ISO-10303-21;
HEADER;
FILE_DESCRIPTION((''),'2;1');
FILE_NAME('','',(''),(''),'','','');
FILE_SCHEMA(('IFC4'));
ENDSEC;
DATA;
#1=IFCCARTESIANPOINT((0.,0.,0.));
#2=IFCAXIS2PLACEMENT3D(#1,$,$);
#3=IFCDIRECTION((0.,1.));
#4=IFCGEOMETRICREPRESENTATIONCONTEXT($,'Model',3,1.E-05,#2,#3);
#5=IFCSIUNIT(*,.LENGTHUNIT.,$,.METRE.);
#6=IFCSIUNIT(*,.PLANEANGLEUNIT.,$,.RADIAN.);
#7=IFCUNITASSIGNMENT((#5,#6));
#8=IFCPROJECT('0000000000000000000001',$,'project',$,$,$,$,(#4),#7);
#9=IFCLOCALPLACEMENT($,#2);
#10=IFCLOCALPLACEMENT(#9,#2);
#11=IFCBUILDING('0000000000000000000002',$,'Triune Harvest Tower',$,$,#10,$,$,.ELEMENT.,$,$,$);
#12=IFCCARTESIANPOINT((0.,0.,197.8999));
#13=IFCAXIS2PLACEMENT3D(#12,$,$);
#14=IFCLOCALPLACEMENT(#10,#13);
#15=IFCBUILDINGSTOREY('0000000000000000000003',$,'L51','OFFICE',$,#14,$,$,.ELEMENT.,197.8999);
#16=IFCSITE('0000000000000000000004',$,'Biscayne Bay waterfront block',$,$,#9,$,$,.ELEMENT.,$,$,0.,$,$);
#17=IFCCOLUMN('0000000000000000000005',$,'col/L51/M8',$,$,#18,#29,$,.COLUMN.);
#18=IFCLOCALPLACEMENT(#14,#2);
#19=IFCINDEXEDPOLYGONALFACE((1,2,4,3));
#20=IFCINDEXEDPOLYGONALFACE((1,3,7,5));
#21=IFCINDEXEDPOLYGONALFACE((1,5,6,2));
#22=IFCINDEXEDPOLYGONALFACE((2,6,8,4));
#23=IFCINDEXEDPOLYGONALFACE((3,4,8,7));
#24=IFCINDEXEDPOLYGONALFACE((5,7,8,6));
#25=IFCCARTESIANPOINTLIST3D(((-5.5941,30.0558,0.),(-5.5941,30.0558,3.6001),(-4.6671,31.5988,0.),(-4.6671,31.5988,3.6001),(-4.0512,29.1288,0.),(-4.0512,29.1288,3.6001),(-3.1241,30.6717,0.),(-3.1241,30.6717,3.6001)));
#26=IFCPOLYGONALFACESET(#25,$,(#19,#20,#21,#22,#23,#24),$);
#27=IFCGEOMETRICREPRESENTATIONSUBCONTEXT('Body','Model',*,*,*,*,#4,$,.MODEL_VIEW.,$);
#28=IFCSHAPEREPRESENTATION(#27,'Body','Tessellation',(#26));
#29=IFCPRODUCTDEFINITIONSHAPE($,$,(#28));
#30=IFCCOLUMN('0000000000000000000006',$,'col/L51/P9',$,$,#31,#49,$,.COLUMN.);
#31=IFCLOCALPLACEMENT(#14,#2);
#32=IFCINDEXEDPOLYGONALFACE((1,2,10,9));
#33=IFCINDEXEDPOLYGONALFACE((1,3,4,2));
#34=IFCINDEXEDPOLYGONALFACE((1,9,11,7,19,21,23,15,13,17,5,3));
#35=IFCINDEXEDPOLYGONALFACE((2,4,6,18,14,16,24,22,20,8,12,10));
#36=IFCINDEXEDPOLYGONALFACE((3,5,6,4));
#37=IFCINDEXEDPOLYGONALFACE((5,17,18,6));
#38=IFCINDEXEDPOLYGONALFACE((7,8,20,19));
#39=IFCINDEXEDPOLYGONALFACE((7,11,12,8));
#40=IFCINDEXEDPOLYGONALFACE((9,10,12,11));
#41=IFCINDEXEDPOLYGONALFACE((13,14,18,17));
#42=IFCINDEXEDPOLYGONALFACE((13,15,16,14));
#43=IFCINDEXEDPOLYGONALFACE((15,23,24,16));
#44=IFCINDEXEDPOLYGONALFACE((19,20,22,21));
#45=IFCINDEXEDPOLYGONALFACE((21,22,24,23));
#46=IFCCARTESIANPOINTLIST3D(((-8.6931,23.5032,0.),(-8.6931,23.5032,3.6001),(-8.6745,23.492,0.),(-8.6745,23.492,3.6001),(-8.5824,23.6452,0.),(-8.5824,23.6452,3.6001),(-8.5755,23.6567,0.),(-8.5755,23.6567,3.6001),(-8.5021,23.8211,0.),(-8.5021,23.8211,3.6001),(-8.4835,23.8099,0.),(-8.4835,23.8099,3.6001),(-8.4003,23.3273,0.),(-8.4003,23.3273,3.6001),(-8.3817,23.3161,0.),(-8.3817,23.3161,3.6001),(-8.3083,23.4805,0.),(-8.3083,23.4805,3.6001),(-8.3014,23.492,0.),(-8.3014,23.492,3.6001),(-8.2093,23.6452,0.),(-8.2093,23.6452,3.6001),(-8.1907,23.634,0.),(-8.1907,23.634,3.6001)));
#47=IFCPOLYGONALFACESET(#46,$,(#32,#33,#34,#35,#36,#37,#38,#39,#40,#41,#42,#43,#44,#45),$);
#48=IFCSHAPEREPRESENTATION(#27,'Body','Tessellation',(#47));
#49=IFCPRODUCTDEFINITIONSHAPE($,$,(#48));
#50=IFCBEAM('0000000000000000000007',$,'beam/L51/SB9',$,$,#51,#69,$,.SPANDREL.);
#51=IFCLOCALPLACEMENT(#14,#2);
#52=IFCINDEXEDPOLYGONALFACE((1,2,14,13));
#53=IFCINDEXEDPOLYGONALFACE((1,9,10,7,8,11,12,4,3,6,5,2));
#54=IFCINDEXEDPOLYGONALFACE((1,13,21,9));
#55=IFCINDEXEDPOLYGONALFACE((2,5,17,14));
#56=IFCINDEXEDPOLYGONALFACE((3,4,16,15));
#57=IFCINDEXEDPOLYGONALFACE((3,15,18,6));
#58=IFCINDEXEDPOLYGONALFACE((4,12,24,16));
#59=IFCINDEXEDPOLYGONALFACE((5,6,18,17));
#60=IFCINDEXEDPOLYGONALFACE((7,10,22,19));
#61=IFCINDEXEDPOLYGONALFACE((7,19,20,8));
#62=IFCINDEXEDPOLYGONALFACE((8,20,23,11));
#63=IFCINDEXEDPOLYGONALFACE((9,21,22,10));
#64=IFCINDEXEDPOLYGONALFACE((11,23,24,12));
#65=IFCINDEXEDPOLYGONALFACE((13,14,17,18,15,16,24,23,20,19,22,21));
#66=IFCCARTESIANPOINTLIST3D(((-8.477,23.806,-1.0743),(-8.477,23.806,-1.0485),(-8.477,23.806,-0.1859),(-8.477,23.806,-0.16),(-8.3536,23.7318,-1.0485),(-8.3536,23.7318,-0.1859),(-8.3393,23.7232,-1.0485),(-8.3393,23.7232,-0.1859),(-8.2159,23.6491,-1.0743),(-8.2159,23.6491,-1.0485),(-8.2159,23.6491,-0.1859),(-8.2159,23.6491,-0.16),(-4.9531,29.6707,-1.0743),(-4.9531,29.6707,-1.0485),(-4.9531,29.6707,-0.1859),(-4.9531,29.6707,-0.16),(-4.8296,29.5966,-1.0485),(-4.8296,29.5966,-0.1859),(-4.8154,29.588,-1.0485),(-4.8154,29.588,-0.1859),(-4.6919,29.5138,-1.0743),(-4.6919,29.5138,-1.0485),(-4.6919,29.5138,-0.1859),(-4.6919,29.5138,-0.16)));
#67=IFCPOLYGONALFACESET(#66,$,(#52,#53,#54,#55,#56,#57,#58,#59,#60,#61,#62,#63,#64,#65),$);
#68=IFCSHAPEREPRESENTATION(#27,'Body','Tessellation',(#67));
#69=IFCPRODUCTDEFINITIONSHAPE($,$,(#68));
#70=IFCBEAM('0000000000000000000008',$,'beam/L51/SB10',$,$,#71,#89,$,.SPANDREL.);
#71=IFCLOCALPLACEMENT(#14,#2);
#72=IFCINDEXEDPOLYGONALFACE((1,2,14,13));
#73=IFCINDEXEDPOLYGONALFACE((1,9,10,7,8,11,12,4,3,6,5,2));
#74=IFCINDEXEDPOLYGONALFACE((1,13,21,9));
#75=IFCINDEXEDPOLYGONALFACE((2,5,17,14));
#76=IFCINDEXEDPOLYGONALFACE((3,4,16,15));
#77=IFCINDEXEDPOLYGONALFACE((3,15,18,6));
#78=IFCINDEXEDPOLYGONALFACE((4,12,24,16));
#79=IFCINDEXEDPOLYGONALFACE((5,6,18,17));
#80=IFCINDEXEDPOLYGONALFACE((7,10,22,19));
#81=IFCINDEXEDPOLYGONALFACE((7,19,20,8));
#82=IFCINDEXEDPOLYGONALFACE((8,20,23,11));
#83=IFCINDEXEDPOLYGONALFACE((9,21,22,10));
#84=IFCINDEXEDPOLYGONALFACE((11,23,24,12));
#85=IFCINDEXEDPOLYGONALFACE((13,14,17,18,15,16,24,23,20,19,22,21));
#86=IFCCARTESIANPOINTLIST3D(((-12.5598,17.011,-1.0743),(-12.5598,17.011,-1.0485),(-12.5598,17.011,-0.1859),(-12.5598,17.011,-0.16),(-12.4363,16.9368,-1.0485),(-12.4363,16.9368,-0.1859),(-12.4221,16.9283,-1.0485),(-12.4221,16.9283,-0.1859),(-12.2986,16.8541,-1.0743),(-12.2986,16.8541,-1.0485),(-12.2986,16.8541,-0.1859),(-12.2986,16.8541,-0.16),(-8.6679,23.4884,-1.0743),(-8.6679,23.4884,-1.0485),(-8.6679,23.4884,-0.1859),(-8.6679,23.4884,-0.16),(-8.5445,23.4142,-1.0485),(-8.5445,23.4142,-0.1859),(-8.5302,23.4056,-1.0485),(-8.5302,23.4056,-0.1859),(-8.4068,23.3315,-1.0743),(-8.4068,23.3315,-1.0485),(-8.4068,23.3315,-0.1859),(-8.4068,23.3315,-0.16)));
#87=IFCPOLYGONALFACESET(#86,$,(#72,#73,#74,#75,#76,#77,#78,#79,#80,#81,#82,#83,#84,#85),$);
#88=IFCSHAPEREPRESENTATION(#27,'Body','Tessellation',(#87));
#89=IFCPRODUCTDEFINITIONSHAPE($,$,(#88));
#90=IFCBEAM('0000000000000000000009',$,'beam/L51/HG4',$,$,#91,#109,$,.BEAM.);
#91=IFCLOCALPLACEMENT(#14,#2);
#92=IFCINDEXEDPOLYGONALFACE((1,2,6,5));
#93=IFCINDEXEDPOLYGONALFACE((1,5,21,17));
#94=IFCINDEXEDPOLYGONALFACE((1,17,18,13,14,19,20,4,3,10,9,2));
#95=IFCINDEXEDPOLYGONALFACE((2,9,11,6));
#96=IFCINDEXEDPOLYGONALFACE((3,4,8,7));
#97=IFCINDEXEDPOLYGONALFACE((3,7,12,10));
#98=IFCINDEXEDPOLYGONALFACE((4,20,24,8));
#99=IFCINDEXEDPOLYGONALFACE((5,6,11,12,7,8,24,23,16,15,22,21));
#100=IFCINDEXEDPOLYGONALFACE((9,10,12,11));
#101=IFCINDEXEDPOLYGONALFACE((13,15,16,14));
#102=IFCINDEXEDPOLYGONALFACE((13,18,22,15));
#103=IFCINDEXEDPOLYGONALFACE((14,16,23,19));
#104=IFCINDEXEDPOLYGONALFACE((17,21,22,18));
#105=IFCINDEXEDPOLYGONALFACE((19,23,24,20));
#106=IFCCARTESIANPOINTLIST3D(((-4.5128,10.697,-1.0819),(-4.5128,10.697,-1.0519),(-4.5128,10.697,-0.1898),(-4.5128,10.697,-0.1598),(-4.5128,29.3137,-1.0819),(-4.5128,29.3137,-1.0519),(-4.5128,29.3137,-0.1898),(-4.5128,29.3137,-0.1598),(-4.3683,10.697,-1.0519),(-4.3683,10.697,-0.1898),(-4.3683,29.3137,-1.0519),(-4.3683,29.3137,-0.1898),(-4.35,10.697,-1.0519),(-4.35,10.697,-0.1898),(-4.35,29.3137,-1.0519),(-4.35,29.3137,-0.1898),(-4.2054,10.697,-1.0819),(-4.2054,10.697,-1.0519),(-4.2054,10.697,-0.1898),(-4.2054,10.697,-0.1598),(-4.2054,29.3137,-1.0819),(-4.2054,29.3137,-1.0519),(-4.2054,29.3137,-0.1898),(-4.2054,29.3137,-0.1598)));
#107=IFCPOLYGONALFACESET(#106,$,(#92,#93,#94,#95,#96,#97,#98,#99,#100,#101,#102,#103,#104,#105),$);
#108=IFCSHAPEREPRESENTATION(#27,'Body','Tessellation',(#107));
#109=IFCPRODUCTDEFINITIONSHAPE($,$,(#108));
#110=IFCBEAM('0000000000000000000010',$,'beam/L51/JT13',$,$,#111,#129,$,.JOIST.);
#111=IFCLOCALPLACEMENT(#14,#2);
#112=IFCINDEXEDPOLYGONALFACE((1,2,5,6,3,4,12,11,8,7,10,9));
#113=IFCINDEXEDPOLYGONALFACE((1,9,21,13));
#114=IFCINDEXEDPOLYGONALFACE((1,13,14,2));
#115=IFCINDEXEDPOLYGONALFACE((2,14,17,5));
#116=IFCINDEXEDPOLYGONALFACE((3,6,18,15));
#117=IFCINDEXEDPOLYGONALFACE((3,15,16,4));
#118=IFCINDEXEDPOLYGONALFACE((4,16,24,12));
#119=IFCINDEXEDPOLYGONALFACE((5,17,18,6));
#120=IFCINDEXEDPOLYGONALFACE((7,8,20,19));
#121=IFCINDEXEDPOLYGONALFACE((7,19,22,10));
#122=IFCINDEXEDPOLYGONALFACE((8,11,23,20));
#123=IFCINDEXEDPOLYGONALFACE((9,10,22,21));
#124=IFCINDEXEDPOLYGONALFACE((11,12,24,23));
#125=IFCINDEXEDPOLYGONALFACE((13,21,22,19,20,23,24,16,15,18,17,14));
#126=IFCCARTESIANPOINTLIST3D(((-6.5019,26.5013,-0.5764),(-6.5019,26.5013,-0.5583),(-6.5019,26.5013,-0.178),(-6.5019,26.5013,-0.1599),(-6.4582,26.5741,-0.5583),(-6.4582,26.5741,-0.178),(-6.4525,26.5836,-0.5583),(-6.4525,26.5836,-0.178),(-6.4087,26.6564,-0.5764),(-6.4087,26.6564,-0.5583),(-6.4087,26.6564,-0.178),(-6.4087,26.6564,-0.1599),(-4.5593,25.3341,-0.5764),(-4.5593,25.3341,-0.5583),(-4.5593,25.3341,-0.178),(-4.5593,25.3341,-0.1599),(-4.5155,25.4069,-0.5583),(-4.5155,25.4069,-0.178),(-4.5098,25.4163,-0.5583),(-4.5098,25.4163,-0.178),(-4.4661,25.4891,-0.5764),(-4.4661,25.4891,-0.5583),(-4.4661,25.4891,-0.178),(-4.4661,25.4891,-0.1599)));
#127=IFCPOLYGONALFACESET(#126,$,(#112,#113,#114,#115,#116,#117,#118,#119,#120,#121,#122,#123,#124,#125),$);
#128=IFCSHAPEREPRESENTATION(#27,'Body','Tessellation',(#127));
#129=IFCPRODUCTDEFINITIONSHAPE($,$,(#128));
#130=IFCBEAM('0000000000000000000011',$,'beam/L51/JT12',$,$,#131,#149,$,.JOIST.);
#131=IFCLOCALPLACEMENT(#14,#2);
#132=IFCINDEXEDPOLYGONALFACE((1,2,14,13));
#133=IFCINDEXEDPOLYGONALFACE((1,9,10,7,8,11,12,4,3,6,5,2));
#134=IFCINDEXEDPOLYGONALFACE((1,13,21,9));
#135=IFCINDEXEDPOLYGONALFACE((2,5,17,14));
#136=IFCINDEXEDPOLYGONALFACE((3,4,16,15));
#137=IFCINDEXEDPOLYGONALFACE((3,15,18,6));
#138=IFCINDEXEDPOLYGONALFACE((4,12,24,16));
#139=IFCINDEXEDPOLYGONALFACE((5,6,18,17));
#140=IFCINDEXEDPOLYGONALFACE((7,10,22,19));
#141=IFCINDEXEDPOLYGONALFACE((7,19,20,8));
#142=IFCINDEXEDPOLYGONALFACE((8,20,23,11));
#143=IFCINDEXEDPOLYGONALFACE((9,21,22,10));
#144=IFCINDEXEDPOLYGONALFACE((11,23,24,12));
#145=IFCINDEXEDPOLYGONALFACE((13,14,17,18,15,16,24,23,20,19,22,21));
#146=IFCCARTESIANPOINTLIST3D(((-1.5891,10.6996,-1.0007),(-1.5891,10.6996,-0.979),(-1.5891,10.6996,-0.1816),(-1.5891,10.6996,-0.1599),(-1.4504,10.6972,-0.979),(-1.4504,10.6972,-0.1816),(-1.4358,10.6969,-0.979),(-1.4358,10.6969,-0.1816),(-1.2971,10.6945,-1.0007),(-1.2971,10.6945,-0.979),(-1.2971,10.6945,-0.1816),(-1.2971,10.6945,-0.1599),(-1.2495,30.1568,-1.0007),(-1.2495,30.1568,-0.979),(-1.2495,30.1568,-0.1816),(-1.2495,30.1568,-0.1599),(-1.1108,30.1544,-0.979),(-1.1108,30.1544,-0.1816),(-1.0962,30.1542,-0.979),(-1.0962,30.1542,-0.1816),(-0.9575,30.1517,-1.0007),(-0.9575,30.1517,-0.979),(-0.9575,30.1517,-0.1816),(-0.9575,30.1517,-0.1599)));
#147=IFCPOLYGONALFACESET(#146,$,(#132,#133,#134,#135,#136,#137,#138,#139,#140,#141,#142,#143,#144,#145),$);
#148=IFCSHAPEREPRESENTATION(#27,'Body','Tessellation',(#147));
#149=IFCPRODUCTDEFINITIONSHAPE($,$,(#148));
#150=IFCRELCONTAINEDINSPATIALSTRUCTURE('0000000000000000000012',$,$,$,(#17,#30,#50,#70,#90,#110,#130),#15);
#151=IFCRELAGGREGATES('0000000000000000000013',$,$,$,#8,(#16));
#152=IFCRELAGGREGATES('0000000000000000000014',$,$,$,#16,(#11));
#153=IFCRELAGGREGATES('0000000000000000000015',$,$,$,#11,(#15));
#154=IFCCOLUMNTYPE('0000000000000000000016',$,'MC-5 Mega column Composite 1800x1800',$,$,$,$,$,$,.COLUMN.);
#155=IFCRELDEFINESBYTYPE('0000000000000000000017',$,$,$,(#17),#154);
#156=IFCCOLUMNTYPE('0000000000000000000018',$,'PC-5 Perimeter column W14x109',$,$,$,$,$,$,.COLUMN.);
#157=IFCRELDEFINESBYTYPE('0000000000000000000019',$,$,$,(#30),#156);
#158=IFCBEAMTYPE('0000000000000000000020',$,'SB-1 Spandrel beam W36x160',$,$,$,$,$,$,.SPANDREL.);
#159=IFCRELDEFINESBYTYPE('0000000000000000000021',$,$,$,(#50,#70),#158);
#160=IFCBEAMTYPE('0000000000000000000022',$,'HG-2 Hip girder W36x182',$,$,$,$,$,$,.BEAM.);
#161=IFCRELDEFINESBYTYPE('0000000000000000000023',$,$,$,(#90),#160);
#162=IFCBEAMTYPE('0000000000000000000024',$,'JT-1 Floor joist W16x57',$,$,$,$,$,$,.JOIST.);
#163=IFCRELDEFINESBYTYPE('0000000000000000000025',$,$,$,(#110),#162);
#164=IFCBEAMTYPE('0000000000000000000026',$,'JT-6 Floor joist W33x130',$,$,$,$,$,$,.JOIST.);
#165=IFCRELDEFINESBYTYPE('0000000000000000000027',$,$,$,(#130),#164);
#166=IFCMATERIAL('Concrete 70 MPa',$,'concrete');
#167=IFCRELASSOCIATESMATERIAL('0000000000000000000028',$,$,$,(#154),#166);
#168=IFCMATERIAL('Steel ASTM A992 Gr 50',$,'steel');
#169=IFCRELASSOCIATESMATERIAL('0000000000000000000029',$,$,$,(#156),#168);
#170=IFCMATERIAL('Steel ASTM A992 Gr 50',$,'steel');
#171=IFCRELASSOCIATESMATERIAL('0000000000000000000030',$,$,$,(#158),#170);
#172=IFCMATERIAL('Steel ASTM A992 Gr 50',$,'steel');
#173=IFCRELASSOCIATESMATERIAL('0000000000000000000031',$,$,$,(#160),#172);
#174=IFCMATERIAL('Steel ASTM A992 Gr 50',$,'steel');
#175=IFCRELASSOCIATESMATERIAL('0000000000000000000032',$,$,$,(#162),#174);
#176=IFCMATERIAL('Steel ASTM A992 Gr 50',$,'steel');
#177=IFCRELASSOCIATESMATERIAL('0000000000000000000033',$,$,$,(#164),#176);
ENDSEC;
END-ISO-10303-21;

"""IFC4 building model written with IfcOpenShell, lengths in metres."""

from ifc_helpers import new_model, si_unit, direction, frame, origin, origin_2d, place, context, subcontext, project, spatial, rectangle, i_section, extrude, source, transform, mapped, material, material_profile, profile_set, type_object, element, save


model = new_model("IFC4")

# Units and contexts
model_context = context("Model", 3, precision=1e-05, world=origin(), true_north=direction((0.0, 1.0)))
body_context = subcontext(model_context, "Body", "Model", "MODEL_VIEW")
ifc_project = project(units=[si_unit("LENGTHUNIT", "METRE"), si_unit("PLANEANGLEUNIT", "RADIAN")], contexts=[model_context])

# Site, building, storey
site_placement = place(None, origin())
site = spatial("IfcSite", under=ifc_project, at=site_placement, Name="Biscayne Bay waterfront block", CompositionType="ELEMENT", RefElevation=0.0)
building_placement = place(site_placement, origin())
building = spatial("IfcBuilding", under=site, at=building_placement, Name="Triune Harvest Tower", CompositionType="ELEMENT")
storey_placement = place(building_placement, frame((0.0, 0.0, 197.8999)))
storey = spatial("IfcBuildingStorey", under=building, at=storey_placement, Name="L51", Description="OFFICE", CompositionType="ELEMENT", Elevation=197.8999)

# Columns
ifc_material_1 = material(Name="Concrete 70 MPa", Category="concrete")
ifc_material_profile_1 = material_profile(ifc_material_1, rectangle(XDim=1.8, YDim=1.8, at=origin_2d()), Name="Composite 1800x1800")
ifc_profile_set_1 = profile_set([ifc_material_profile_1], Name="Concrete 70 MPa")
column_type_1 = type_object("IfcColumnType", Name="MC-5 Mega column Composite 1800x1800", PredefinedType="COLUMN", material=ifc_profile_set_1)
shared_shape_1 = source(origin(), body_context, "Body", "SweptSolid", [
    extrude(rectangle(XDim=1.8, YDim=1.8, at=origin_2d()), origin(), (0.0, 0.0, 1.0), 3.6001),
])
column_1_placement = place(storey_placement, frame((-4.3591, 30.3638, 0.0), z_axis=(0.0, 0.0, 1.0), x_axis=(-0.515037, -0.857168, 0.0)))
element("IfcColumn", 1, at=column_1_placement, inside=storey, type_object=column_type_1, Name="col/L51/M8", PredefinedType="COLUMN", context=body_context, shape_type="MappedRepresentation", body=[
    mapped(shared_shape_1, transform((0.0, 0.0, 0.0), scale=1.0)),
])
ifc_material_2 = material(Name="Steel ASTM A992 Gr 50", Category="steel")
ifc_material_profile_2 = material_profile(ifc_material_2, i_section(OverallWidth=0.3708, OverallDepth=0.3633, WebThickness=0.0134, FlangeThickness=0.0217, at=origin_2d()), Name="W14x109")
ifc_profile_set_2 = profile_set([ifc_material_profile_2], Name="Steel ASTM A992 Gr 50")
column_type_2 = type_object("IfcColumnType", Name="PC-5 Perimeter column W14x109", PredefinedType="COLUMN", material=ifc_profile_set_2)
shared_shape_2 = source(origin(), body_context, "Body", "SweptSolid", [
    extrude(i_section(OverallWidth=0.3708, OverallDepth=0.3633, WebThickness=0.0134, FlangeThickness=0.0217, at=origin_2d()), origin(), (0.0, 0.0, 1.0), 3.6001),
])
column_2_placement = place(storey_placement, frame((-8.4419, 23.5686, 0.0), z_axis=(0.0, 0.0, 1.0), x_axis=(-0.515037, -0.857168, 0.0)))
element("IfcColumn", 2, at=column_2_placement, inside=storey, type_object=column_type_2, Name="col/L51/P9", PredefinedType="COLUMN", context=body_context, shape_type="MappedRepresentation", body=[
    mapped(shared_shape_2, transform((0.0, 0.0, 0.0), scale=1.0)),
])

# Beams
ifc_material_3 = material(Name="Steel ASTM A992 Gr 50", Category="steel")
ifc_material_profile_3 = material_profile(ifc_material_3, i_section(OverallWidth=0.3047, OverallDepth=0.9143, WebThickness=0.0166, FlangeThickness=0.0259, at=origin_2d()), Name="W36x160")
ifc_profile_set_3 = profile_set([ifc_material_profile_3], Name="Steel ASTM A992 Gr 50")
beam_type_1 = type_object("IfcBeamType", Name="SB-1 Spandrel beam W36x160", PredefinedType="SPANDREL", material=ifc_profile_set_3)
shared_shape_3 = source(origin(), body_context, "Body", "SweptSolid", [
    extrude(i_section(OverallWidth=0.3047, OverallDepth=0.9143, WebThickness=0.0166, FlangeThickness=0.0259, at=origin_2d()), origin(), (0.0, 0.0, 1.0), 6.842),
])
beam_1_placement = place(storey_placement, frame((-4.8225, 29.5923, -0.6172), z_axis=(-0.515041, -0.857165, 0.0), x_axis=(0.857165, -0.515041, 0.0)))
element("IfcBeam", 3, at=beam_1_placement, inside=storey, type_object=beam_type_1, Name="beam/L51/SB9", PredefinedType="SPANDREL", context=body_context, shape_type="MappedRepresentation", body=[
    mapped(shared_shape_3, transform((0.0, 0.0, 0.0), scale=1.0)),
])
shared_shape_4 = source(origin(), body_context, "Body", "SweptSolid", [
    extrude(i_section(OverallWidth=0.3047, OverallDepth=0.9143, WebThickness=0.0166, FlangeThickness=0.0259, at=origin_2d()), origin(), (0.0, 0.0, 1.0), 7.5566),
])
beam_2_placement = place(storey_placement, frame((-8.5374, 23.4099, -0.6172), z_axis=(-0.515028, -0.857173, 0.0), x_axis=(0.857173, -0.515028, 0.0)))
element("IfcBeam", 4, at=beam_2_placement, inside=storey, type_object=beam_type_1, Name="beam/L51/SB10", PredefinedType="SPANDREL", context=body_context, shape_type="MappedRepresentation", body=[
    mapped(shared_shape_4, transform((0.0, 0.0, 0.0), scale=1.0)),
])
ifc_material_4 = material(Name="Steel ASTM A992 Gr 50", Category="steel")
ifc_material_profile_4 = material_profile(ifc_material_4, i_section(OverallWidth=0.3074, OverallDepth=0.9221, WebThickness=0.0183, FlangeThickness=0.03, at=origin_2d()), Name="W36x182")
ifc_profile_set_4 = profile_set([ifc_material_profile_4], Name="Steel ASTM A992 Gr 50")
beam_type_2 = type_object("IfcBeamType", Name="HG-2 Hip girder W36x182", PredefinedType="BEAM", material=ifc_profile_set_4)
shared_shape_5 = source(origin(), body_context, "Body", "SweptSolid", [
    extrude(i_section(OverallWidth=0.3074, OverallDepth=0.9221, WebThickness=0.0183, FlangeThickness=0.03, at=origin_2d()), origin(), (0.0, 0.0, 1.0), 18.6167),
])
beam_3_placement = place(storey_placement, frame((-4.3591, 29.3137, -0.6208), z_axis=(0.0, -1.0, 0.0), x_axis=(1.0, 0.0, 0.0)))
element("IfcBeam", 5, at=beam_3_placement, inside=storey, type_object=beam_type_2, Name="beam/L51/HG4", PredefinedType="BEAM", context=body_context, shape_type="MappedRepresentation", body=[
    mapped(shared_shape_5, transform((0.0, 0.0, 0.0), scale=1.0)),
])
ifc_material_5 = material(Name="Steel ASTM A992 Gr 50", Category="steel")
ifc_material_profile_5 = material_profile(ifc_material_5, i_section(OverallWidth=0.1809, OverallDepth=0.4165, WebThickness=0.011, FlangeThickness=0.0181, at=origin_2d()), Name="W16x57")
ifc_profile_set_5 = profile_set([ifc_material_profile_5], Name="Steel ASTM A992 Gr 50")
beam_type_3 = type_object("IfcBeamType", Name="JT-1 Floor joist W16x57", PredefinedType="JOIST", material=ifc_profile_set_5)
shared_shape_6 = source(origin(), body_context, "Body", "SweptSolid", [
    extrude(i_section(OverallWidth=0.1809, OverallDepth=0.4165, WebThickness=0.011, FlangeThickness=0.0181, at=origin_2d()), origin(), (0.0, 0.0, 1.0), 2.2664),
])
beam_4_placement = place(storey_placement, frame((-6.4553, 26.5789, -0.3682), z_axis=(0.85717, -0.515034, 0.0), x_axis=(0.515034, 0.85717, 0.0)))
element("IfcBeam", 6, at=beam_4_placement, inside=storey, type_object=beam_type_3, Name="beam/L51/JT13", PredefinedType="JOIST", context=body_context, shape_type="MappedRepresentation", body=[
    mapped(shared_shape_6, transform((0.0, 0.0, 0.0), scale=1.0)),
])
ifc_material_6 = material(Name="Steel ASTM A992 Gr 50", Category="steel")
ifc_material_profile_6 = material_profile(ifc_material_6, i_section(OverallWidth=0.292, OverallDepth=0.8408, WebThickness=0.0146, FlangeThickness=0.0217, at=origin_2d()), Name="W33x130")
ifc_profile_set_6 = profile_set([ifc_material_profile_6], Name="Steel ASTM A992 Gr 50")
beam_type_4 = type_object("IfcBeamType", Name="JT-6 Floor joist W33x130", PredefinedType="JOIST", material=ifc_profile_set_6)
shared_shape_7 = source(origin(), body_context, "Body", "SweptSolid", [
    extrude(i_section(OverallWidth=0.292, OverallDepth=0.8408, WebThickness=0.0146, FlangeThickness=0.0217, at=origin_2d()), origin(), (0.0, 0.0, 1.0), 19.4602),
])
beam_5_placement = place(storey_placement, frame((-1.1035, 30.1543, -0.5803), z_axis=(-0.017451, -0.999848, 0.0), x_axis=(0.999848, -0.017451, 0.0)))
element("IfcBeam", 7, at=beam_5_placement, inside=storey, type_object=beam_type_4, Name="beam/L51/JT12", PredefinedType="JOIST", context=body_context, shape_type="MappedRepresentation", body=[
    mapped(shared_shape_7, transform((0.0, 0.0, 0.0), scale=1.0)),
])

save(model, "model.ifc")
